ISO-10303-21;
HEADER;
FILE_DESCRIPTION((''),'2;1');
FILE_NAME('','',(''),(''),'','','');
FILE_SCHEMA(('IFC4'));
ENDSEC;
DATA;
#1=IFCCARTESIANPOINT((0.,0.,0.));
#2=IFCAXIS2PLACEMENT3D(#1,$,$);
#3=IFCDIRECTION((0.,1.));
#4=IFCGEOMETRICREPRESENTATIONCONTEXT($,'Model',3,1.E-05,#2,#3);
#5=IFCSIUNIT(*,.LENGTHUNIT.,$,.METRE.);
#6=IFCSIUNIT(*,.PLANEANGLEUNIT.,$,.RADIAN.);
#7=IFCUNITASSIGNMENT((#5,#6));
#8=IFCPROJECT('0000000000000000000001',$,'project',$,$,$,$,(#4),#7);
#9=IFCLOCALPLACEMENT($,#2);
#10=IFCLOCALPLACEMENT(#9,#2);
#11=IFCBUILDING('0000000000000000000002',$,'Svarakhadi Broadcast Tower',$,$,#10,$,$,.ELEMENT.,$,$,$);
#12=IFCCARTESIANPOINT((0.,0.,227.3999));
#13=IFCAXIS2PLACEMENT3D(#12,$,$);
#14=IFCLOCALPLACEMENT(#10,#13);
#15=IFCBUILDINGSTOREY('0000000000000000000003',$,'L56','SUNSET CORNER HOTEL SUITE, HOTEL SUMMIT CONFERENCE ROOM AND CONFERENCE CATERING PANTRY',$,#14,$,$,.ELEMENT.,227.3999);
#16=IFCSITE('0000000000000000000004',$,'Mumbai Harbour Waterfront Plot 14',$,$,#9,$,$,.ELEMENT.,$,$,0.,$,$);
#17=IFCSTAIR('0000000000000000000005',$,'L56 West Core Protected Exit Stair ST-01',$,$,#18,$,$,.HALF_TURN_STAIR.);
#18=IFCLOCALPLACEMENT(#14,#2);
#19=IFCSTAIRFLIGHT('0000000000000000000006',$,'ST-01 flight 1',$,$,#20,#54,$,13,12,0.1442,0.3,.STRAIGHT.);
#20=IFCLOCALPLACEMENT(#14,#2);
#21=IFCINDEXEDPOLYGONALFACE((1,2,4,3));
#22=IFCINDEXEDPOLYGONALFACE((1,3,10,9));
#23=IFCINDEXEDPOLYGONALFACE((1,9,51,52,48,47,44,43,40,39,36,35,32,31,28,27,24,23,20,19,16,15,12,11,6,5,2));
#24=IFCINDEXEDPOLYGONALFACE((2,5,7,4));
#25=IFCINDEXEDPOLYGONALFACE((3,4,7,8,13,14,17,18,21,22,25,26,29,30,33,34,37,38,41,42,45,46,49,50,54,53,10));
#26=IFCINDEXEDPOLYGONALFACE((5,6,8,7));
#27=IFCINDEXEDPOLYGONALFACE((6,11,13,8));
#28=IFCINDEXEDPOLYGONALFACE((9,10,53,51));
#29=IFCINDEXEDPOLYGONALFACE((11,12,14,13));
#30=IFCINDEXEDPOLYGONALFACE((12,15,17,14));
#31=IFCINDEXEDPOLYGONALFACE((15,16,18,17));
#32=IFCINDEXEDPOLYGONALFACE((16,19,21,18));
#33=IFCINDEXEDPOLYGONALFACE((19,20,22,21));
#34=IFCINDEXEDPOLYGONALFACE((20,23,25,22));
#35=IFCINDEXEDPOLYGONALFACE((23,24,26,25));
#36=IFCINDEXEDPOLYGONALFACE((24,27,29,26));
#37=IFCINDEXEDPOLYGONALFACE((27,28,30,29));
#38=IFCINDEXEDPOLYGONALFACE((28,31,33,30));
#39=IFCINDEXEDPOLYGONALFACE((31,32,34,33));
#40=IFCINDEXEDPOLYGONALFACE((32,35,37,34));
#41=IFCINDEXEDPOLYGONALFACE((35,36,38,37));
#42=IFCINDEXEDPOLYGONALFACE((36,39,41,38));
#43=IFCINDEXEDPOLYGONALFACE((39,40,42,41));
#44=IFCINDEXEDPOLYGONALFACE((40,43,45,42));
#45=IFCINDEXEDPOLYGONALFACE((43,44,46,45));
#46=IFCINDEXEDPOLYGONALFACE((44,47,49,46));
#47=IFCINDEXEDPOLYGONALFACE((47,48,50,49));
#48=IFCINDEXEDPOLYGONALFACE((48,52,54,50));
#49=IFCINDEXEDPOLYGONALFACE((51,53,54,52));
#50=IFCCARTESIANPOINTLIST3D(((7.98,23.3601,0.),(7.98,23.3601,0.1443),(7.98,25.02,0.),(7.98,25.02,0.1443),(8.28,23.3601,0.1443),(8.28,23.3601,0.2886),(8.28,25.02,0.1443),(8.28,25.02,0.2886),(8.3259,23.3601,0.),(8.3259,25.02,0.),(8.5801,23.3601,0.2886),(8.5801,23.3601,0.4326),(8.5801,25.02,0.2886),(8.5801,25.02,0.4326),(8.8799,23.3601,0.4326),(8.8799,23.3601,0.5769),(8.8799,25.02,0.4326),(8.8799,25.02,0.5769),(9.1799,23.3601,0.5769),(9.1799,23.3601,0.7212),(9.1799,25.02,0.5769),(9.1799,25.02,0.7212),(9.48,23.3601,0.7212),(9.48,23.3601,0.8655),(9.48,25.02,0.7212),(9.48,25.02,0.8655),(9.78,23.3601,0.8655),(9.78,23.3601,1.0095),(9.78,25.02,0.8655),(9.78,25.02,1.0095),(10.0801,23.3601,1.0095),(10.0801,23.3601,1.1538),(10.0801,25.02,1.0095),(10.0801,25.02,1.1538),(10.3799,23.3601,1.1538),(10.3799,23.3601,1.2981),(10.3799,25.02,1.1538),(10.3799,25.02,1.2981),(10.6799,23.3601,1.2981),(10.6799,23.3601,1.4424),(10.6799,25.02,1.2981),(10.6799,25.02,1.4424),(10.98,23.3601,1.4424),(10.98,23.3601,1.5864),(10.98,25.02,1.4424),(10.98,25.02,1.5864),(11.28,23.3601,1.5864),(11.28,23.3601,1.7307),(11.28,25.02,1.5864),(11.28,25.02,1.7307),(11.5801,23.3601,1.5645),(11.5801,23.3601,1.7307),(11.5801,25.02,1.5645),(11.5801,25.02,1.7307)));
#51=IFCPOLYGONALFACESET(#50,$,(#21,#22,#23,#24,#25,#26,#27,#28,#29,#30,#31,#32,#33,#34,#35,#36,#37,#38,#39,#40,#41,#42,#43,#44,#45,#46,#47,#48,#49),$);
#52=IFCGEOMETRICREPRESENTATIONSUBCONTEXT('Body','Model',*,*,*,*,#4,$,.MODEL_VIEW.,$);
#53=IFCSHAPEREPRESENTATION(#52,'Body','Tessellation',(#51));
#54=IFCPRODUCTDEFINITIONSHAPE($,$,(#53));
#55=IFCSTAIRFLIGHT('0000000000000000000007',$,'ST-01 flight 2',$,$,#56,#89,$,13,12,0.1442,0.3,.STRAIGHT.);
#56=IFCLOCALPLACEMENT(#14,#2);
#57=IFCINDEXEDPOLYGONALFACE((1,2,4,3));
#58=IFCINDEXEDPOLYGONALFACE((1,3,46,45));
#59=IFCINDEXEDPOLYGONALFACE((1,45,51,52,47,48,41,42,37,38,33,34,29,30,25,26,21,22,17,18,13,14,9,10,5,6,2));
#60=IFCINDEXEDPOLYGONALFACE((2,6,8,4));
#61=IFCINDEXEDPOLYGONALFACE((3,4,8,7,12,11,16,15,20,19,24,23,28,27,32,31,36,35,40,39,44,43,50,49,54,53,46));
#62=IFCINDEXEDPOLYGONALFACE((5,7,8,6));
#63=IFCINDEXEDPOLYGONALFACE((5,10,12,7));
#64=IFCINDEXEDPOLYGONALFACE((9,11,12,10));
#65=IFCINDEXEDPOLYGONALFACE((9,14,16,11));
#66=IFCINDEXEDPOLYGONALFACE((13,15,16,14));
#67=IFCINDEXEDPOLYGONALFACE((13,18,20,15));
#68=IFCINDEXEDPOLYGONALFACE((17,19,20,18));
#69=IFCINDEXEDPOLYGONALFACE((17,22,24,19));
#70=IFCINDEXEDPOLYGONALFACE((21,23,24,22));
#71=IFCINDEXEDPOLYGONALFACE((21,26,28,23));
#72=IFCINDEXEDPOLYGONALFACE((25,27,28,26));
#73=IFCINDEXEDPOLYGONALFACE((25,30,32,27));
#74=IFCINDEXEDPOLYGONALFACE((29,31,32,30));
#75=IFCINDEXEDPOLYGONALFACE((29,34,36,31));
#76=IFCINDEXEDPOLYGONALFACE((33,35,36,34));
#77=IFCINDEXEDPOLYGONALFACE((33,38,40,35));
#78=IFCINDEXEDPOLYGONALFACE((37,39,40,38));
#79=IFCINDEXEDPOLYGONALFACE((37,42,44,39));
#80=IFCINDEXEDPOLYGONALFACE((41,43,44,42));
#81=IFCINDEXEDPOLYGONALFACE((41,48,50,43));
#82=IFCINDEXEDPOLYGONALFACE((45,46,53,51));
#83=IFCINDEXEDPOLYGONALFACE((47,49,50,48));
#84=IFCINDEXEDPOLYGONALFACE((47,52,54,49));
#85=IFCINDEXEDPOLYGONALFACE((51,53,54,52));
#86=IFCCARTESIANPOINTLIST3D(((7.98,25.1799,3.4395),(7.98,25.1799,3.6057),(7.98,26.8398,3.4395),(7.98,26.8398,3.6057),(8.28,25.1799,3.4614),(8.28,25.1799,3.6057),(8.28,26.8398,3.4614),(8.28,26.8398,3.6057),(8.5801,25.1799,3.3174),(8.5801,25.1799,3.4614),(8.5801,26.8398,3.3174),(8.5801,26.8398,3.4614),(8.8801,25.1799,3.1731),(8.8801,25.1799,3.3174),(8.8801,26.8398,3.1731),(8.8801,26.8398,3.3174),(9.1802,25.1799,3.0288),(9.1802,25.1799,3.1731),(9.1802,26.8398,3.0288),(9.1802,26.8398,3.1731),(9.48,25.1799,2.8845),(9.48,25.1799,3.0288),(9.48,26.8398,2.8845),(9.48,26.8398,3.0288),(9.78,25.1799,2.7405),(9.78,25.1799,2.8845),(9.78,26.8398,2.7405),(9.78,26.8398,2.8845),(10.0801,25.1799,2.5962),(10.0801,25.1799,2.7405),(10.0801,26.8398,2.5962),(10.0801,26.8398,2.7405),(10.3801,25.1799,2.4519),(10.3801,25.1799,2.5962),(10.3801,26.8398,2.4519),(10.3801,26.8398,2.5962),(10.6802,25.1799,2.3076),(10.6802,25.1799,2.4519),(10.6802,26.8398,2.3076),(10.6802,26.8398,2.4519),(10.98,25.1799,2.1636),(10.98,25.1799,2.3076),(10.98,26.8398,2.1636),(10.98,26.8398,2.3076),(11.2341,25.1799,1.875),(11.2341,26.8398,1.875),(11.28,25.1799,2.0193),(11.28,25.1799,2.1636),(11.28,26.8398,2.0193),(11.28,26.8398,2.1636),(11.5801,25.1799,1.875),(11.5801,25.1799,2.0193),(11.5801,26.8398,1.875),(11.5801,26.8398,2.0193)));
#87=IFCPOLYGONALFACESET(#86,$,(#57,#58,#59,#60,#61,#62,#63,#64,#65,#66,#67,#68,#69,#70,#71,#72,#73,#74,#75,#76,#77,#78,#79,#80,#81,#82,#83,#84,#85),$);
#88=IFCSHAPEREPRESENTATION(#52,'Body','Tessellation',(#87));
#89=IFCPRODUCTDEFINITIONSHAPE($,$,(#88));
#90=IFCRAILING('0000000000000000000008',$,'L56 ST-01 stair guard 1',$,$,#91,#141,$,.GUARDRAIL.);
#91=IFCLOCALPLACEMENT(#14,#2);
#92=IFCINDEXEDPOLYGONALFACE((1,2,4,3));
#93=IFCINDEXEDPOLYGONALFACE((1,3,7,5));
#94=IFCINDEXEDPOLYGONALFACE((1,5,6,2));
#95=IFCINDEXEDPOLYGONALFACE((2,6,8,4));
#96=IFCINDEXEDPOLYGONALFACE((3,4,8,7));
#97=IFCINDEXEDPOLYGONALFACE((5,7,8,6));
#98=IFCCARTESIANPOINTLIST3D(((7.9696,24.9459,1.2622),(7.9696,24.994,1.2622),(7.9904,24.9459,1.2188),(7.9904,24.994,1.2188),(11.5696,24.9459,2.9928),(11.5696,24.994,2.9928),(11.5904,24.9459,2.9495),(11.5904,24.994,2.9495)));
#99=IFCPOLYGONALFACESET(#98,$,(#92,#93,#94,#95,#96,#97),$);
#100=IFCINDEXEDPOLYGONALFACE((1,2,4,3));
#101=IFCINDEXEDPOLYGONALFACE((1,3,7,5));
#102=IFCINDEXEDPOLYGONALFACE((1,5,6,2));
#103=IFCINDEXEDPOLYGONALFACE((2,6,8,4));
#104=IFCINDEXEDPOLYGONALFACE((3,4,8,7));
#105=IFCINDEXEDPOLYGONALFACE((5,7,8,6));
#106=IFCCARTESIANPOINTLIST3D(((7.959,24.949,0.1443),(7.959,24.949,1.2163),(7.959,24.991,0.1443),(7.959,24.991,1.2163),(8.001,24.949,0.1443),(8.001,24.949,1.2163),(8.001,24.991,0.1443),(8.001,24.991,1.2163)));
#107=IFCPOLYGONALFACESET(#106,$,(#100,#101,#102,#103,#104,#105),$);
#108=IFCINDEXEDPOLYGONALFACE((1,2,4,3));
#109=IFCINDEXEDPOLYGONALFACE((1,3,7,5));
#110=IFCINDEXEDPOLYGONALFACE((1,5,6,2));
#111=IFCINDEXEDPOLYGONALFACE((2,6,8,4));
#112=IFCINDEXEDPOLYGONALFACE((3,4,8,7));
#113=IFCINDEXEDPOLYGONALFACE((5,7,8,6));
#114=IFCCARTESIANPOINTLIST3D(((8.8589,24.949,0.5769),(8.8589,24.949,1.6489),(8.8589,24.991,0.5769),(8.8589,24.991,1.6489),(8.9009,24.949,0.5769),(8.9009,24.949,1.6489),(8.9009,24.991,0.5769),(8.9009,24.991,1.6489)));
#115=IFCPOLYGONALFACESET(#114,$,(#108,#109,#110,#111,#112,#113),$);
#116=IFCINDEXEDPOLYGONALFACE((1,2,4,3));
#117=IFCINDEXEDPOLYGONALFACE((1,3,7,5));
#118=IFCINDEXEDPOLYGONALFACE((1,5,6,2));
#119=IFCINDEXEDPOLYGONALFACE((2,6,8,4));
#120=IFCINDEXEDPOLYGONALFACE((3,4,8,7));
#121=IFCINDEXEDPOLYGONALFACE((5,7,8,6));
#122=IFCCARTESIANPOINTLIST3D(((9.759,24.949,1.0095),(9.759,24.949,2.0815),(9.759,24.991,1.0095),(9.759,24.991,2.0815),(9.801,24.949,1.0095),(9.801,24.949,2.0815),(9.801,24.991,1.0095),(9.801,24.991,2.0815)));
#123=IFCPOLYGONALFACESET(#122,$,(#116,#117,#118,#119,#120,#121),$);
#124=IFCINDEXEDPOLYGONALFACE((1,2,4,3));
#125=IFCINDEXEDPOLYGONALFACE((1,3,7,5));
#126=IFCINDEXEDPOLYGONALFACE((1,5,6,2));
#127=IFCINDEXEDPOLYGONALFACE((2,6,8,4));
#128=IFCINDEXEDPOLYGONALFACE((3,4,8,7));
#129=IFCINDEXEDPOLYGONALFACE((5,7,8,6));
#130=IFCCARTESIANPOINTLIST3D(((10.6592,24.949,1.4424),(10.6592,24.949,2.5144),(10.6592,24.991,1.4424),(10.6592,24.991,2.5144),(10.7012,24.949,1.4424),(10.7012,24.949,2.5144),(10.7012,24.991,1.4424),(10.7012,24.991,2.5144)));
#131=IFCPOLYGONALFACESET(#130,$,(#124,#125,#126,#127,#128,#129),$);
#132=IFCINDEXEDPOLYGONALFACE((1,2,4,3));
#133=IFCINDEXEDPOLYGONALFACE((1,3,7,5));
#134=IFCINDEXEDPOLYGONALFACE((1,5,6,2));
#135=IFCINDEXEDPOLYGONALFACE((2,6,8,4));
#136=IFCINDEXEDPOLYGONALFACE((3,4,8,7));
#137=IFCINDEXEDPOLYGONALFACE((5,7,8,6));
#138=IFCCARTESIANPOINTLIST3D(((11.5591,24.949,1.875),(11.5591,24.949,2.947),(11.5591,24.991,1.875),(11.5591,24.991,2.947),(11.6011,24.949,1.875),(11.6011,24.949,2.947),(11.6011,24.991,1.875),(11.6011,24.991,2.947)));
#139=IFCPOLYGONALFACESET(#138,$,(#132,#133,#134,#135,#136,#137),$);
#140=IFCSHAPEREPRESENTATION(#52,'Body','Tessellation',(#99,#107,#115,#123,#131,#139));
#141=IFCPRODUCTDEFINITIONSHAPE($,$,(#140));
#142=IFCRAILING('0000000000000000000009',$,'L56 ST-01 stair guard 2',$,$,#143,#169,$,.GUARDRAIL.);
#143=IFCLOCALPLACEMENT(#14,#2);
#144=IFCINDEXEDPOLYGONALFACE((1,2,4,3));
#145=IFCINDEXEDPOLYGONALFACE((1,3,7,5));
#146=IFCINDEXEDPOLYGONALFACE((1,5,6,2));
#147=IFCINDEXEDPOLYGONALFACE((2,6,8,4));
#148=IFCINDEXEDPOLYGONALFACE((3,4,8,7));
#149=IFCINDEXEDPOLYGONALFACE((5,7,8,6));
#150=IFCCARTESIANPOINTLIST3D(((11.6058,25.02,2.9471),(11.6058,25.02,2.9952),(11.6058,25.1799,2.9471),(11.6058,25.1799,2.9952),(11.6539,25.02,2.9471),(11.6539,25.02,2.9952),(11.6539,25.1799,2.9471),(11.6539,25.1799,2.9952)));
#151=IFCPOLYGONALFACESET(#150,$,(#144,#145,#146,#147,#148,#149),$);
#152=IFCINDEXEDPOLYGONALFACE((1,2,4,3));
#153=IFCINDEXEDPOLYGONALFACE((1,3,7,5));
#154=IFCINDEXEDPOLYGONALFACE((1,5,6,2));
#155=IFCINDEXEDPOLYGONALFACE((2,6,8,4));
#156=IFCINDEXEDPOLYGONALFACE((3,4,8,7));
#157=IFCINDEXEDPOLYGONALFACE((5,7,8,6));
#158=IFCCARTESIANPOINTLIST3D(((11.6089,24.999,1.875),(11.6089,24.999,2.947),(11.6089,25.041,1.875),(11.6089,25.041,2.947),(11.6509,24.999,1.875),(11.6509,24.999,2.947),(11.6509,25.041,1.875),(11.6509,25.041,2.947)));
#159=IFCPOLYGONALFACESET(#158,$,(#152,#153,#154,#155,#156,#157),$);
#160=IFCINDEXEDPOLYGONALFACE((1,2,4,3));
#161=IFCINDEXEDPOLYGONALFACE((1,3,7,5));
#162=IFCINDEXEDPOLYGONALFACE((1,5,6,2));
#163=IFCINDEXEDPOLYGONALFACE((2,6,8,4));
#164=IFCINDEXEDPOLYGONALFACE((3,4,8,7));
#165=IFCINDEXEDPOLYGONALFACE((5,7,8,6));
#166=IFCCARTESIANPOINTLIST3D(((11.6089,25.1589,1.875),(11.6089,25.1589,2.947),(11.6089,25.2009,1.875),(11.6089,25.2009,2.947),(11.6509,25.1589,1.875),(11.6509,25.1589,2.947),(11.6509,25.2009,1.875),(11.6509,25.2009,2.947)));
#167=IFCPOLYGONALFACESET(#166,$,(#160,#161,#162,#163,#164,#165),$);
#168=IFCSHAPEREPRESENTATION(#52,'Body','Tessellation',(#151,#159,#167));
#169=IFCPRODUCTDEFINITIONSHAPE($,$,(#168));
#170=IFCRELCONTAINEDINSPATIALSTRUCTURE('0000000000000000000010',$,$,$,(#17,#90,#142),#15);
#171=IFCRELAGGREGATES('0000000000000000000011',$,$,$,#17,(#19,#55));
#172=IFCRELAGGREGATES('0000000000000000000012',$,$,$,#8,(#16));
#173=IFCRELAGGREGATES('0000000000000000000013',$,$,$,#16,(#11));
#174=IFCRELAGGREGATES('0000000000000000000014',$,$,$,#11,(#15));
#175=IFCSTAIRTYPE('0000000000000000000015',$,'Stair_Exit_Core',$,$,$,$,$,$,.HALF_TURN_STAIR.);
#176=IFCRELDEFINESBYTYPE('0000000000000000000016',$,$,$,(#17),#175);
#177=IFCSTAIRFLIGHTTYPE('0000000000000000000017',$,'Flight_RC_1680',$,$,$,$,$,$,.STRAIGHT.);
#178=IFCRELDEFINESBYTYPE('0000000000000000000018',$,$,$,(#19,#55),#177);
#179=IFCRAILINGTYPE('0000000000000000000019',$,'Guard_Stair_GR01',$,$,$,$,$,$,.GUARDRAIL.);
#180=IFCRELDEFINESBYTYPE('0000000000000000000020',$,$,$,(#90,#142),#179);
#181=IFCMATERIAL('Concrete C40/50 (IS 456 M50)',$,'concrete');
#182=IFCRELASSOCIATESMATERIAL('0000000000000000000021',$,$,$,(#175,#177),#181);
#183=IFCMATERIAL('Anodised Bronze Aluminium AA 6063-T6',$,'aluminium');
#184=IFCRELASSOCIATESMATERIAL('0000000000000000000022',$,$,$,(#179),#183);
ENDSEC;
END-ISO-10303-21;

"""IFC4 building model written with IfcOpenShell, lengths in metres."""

from ifc_helpers import new_model, si_unit, direction, frame, origin, origin_2d, place, context, subcontext, project, spatial, polyline, rectangle, outline, extrude, material, type_object, element, aggregate, save


model = new_model("IFC4")

# Units and contexts
model_context = context("Model", 3, precision=1e-05, world=origin(), true_north=direction((0.0, 1.0)))
body_context = subcontext(model_context, "Body", "Model", "MODEL_VIEW")
ifc_project = project(units=[si_unit("LENGTHUNIT", "METRE"), si_unit("PLANEANGLEUNIT", "RADIAN")], contexts=[model_context])

# Site, building, storey
site_placement = place(None, origin())
site = spatial("IfcSite", under=ifc_project, at=site_placement, Name="Mumbai Harbour Waterfront Plot 14", CompositionType="ELEMENT", RefElevation=0.0)
building_placement = place(site_placement, origin())
building = spatial("IfcBuilding", under=site, at=building_placement, Name="Svarakhadi Broadcast Tower", CompositionType="ELEMENT")
storey_placement = place(building_placement, frame((0.0, 0.0, 227.3999)))
storey = spatial("IfcBuildingStorey", under=building, at=storey_placement, Name="L56", Description="SUNSET CORNER HOTEL SUITE, HOTEL SUMMIT CONFERENCE ROOM AND CONFERENCE CATERING PANTRY", CompositionType="ELEMENT", Elevation=227.3999)

# Shared definitions
ifc_material_1 = material(Name="Concrete C40/50 (IS 456 M50)", Category="concrete")

# Stair, stair flights
stair_type = type_object("IfcStairType", Name="Stair_Exit_Core", PredefinedType="HALF_TURN_STAIR", material=ifc_material_1)
stair_placement = place(storey_placement, origin())
stair = element("IfcStair", 1, at=stair_placement, inside=storey, type_object=stair_type, Name="L56 West Core Protected Exit Stair ST-01", PredefinedType="HALF_TURN_STAIR")
stair_flight_type = type_object("IfcStairFlightType", Name="Flight_RC_1680", PredefinedType="STRAIGHT", material=ifc_material_1)
stair_flight_1_placement = place(storey_placement, frame((7.98, 24.1899, 0.0), z_axis=(0.0, 0.0, 1.0), x_axis=(1.0, 0.0, 0.0)))
stair_flight_1 = element("IfcStairFlight", 2, at=stair_flight_1_placement, type_object=stair_flight_type, Name="ST-01 flight 1", NumberOfRisers=13, NumberOfTreads=12, PredefinedType="STRAIGHT", RiserHeight=0.1442, TreadLength=0.3, context=body_context, shape_type="SweptSolid", body=[
    extrude(outline(polyline([(0.0, 0.0), (0.0, 0.1443), (0.3, 0.1443), (0.3, 0.2886), (0.6001, 0.2886), (0.6001, 0.4326), (0.8999, 0.4326), (0.8999, 0.5769), (1.2, 0.5769), (1.2, 0.7212), (1.5, 0.7212), (1.5, 0.8655), (1.8, 0.8655), (1.8, 1.0095), (2.1001, 1.0095), (2.1001, 1.1538), (2.3999, 1.1538), (2.3999, 1.2981), (2.7, 1.2981), (2.7, 1.4424), (3.0, 1.4424), (3.0, 1.5864), (3.3, 1.5864), (3.3, 1.7307), (3.6001, 1.7307), (3.6001, 1.875), (3.6001, 1.5645), (0.3459, 0.0), (0.0, 0.0)])), frame((0.0, 0.8301, 0.0), z_axis=(0.0, -1.0, 0.0), x_axis=(1.0, 0.0, 0.0)), (0.0, 0.0, 1.0), 1.6599),
])
stair_flight_2_placement = place(storey_placement, frame((11.5801, 26.01, 1.875), z_axis=(0.0, 0.0, 1.0), x_axis=(-1.0, 0.0, 0.0)))
stair_flight_2 = element("IfcStairFlight", 3, at=stair_flight_2_placement, type_object=stair_flight_type, Name="ST-01 flight 2", NumberOfRisers=13, NumberOfTreads=12, PredefinedType="STRAIGHT", RiserHeight=0.1442, TreadLength=0.3, context=body_context, shape_type="SweptSolid", body=[
    extrude(outline(polyline([(0.0, 0.0), (0.0, 0.1443), (0.3, 0.1443), (0.3, 0.2886), (0.6001, 0.2886), (0.6001, 0.4326), (0.8999, 0.4326), (0.8999, 0.5769), (1.2, 0.5769), (1.2, 0.7212), (1.5, 0.7212), (1.5, 0.8655), (1.8, 0.8655), (1.8, 1.0095), (2.1001, 1.0095), (2.1001, 1.1538), (2.3999, 1.1538), (2.3999, 1.2981), (2.7, 1.2981), (2.7, 1.4424), (3.0, 1.4424), (3.0, 1.5864), (3.3, 1.5864), (3.3, 1.7307), (3.6001, 1.7307), (3.6001, 1.875), (3.6001, 1.5645), (0.3459, 0.0), (0.0, 0.0)])), frame((0.0, 0.8301, 0.0), z_axis=(0.0, -1.0, 0.0), x_axis=(1.0, 0.0, 0.0)), (0.0, 0.0, 1.0), 1.6599),
])
aggregate(stair, [stair_flight_1, stair_flight_2])

# Railings
ifc_material_2 = material(Name="Anodised Bronze Aluminium AA 6063-T6", Category="aluminium")
railing_type_1 = type_object("IfcRailingType", Name="Guard_Stair_GR01", PredefinedType="GUARDRAIL", material=ifc_material_2)
railing_1_placement = place(storey_placement, frame((7.98, 24.97, 0.1443)))
element("IfcRailing", 4, at=railing_1_placement, inside=storey, type_object=railing_type_1, Name="L56 ST-01 stair guard 1", PredefinedType="GUARDRAIL", context=body_context, shape_type="SweptSolid", body=[
    extrude(rectangle(XDim=0.0481, YDim=0.0481, at=origin_2d()), frame((0.0, 0.0, 1.0962), z_axis=(0.901263, 0.0, 0.433273), x_axis=(0.0, 1.0, 0.0)), (0.0, 0.0, 1.0), 3.9944),
    extrude(rectangle(XDim=0.042, YDim=0.042, at=origin_2d()), origin(), (0.0, 0.0, 1.0), 1.072),
    extrude(rectangle(XDim=0.042, YDim=0.042, at=origin_2d()), frame((0.8999, 0.0, 0.4326)), (0.0, 0.0, 1.0), 1.072),
    extrude(rectangle(XDim=0.042, YDim=0.042, at=origin_2d()), frame((1.8, 0.0, 0.8652)), (0.0, 0.0, 1.0), 1.072),
    extrude(rectangle(XDim=0.042, YDim=0.042, at=origin_2d()), frame((2.7002, 0.0, 1.2981)), (0.0, 0.0, 1.0), 1.072),
    extrude(rectangle(XDim=0.042, YDim=0.042, at=origin_2d()), frame((3.6001, 0.0, 1.7307)), (0.0, 0.0, 1.0), 1.072),
])
railing_2_placement = place(storey_placement, frame((11.6299, 25.02, 1.875)))
element("IfcRailing", 5, at=railing_2_placement, inside=storey, type_object=railing_type_1, Name="L56 ST-01 stair guard 2", PredefinedType="GUARDRAIL", context=body_context, shape_type="SweptSolid", body=[
    extrude(rectangle(XDim=0.0481, YDim=0.0481, at=origin_2d()), frame((0.0, 0.0, 1.0962), z_axis=(0.0, 1.0, 0.0), x_axis=(-1.0, 0.0, 0.0)), (0.0, 0.0, 1.0), 0.1599),
    extrude(rectangle(XDim=0.042, YDim=0.042, at=origin_2d()), origin(), (0.0, 0.0, 1.0), 1.072),
    extrude(rectangle(XDim=0.042, YDim=0.042, at=origin_2d()), frame((0.0, 0.1599, 0.0)), (0.0, 0.0, 1.0), 1.072),
])

save(model, "model.ifc")
